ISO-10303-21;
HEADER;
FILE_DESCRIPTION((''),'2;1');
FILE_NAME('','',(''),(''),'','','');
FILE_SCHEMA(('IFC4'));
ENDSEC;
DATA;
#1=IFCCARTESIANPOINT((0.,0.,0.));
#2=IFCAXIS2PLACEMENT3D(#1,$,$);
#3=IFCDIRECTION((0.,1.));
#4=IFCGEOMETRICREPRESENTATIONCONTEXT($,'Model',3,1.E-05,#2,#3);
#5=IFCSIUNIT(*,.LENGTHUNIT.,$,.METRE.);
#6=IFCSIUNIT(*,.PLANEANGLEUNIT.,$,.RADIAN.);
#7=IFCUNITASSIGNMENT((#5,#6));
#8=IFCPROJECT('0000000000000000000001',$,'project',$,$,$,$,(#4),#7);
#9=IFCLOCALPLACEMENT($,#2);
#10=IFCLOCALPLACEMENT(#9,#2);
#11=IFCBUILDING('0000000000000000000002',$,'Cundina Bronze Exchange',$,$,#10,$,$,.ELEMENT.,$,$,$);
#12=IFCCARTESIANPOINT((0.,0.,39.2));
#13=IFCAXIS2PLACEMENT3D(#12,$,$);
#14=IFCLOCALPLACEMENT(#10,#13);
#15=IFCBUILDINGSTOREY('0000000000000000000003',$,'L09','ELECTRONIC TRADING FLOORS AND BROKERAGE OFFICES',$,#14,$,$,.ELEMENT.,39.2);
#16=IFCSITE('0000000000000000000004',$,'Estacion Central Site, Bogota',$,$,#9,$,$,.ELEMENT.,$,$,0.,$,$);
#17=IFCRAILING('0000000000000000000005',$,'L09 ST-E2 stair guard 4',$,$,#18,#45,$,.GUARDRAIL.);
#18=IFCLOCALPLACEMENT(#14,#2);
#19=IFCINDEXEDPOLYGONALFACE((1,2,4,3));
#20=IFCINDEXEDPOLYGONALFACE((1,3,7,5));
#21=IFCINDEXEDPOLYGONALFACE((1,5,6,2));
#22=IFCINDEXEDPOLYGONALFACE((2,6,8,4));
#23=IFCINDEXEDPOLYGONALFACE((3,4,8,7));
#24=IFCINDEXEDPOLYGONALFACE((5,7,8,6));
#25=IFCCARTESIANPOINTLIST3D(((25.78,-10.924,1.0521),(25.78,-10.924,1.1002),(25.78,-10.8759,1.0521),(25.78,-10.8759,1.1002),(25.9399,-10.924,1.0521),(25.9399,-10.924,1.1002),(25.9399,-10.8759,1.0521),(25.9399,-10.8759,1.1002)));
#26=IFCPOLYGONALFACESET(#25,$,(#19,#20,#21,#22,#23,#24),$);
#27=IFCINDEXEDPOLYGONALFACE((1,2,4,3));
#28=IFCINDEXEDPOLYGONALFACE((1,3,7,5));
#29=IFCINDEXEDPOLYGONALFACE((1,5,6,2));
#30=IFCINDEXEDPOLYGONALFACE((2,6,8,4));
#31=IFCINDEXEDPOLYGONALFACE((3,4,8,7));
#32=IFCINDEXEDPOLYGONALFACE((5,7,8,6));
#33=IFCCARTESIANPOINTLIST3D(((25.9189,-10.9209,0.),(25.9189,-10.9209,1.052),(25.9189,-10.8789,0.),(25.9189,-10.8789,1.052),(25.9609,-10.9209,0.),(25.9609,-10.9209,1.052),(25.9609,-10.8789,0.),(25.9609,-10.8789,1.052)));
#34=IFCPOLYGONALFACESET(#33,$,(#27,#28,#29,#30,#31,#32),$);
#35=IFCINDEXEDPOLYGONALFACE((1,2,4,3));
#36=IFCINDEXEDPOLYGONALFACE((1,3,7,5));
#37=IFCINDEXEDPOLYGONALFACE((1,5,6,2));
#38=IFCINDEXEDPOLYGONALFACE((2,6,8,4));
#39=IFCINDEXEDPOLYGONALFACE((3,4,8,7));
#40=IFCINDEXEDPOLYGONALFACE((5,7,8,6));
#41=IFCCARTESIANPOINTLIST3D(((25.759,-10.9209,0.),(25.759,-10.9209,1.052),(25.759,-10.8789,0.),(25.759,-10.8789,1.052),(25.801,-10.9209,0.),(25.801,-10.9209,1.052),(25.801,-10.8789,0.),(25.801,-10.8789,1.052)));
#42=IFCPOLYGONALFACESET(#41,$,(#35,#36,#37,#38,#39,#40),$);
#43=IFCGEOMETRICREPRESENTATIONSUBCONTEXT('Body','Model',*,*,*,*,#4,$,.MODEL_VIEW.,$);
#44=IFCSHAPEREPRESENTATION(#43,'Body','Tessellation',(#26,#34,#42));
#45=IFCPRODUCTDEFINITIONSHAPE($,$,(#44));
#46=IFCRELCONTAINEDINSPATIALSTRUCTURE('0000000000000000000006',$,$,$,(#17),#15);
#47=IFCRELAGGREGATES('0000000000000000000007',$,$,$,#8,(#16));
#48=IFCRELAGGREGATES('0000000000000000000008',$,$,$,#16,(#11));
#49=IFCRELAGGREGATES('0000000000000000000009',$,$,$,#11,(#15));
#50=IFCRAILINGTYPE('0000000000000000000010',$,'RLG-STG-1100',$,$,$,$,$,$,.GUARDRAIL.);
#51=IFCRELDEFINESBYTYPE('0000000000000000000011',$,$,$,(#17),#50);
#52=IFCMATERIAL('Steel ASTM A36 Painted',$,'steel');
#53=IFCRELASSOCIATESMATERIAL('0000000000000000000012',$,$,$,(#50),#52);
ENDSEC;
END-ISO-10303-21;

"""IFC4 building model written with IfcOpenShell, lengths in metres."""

from ifc_helpers import new_model, si_unit, direction, frame, origin, origin_2d, place, context, subcontext, project, spatial, rectangle, extrude, material, type_object, element, save


model = new_model("IFC4")

# Units and contexts
model_context = context("Model", 3, precision=1e-05, world=origin(), true_north=direction((0.0, 1.0)))
body_context = subcontext(model_context, "Body", "Model", "MODEL_VIEW")
ifc_project = project(units=[si_unit("LENGTHUNIT", "METRE"), si_unit("PLANEANGLEUNIT", "RADIAN")], contexts=[model_context])

# Site, building, storey
site_placement = place(None, origin())
site = spatial("IfcSite", under=ifc_project, at=site_placement, Name="Estacion Central Site, Bogota", CompositionType="ELEMENT", RefElevation=0.0)
building_placement = place(site_placement, origin())
building = spatial("IfcBuilding", under=site, at=building_placement, Name="Cundina Bronze Exchange", CompositionType="ELEMENT")
storey_placement = place(building_placement, frame((0.0, 0.0, 39.2)))
storey = spatial("IfcBuildingStorey", under=building, at=storey_placement, Name="L09", Description="ELECTRONIC TRADING FLOORS AND BROKERAGE OFFICES", CompositionType="ELEMENT", Elevation=39.2)

# Shared definitions
ifc_material_1 = material(Name="Steel ASTM A36 Painted", Category="steel")

# Railing
railing_type_1 = type_object("IfcRailingType", Name="RLG-STG-1100", PredefinedType="GUARDRAIL", material=ifc_material_1)
railing_1_placement = place(storey_placement, frame((25.9399, -10.8999, 0.0)))
element("IfcRailing", 1, at=railing_1_placement, inside=storey, type_object=railing_type_1, Name="L09 ST-E2 stair guard 4", PredefinedType="GUARDRAIL", context=body_context, shape_type="SweptSolid", body=[
    extrude(rectangle(XDim=0.0481, YDim=0.0481, at=origin_2d()), frame((0.0, 0.0, 1.0762), z_axis=(-1.0, 0.0, 0.0), x_axis=(0.0, -1.0, 0.0)), (0.0, 0.0, 1.0), 0.1599),
    extrude(rectangle(XDim=0.042, YDim=0.042, at=origin_2d()), origin(), (0.0, 0.0, 1.0), 1.052),
    extrude(rectangle(XDim=0.042, YDim=0.042, at=origin_2d()), frame((-0.1599, 0.0, 0.0)), (0.0, 0.0, 1.0), 1.052),
])

save(model, "model.ifc")
